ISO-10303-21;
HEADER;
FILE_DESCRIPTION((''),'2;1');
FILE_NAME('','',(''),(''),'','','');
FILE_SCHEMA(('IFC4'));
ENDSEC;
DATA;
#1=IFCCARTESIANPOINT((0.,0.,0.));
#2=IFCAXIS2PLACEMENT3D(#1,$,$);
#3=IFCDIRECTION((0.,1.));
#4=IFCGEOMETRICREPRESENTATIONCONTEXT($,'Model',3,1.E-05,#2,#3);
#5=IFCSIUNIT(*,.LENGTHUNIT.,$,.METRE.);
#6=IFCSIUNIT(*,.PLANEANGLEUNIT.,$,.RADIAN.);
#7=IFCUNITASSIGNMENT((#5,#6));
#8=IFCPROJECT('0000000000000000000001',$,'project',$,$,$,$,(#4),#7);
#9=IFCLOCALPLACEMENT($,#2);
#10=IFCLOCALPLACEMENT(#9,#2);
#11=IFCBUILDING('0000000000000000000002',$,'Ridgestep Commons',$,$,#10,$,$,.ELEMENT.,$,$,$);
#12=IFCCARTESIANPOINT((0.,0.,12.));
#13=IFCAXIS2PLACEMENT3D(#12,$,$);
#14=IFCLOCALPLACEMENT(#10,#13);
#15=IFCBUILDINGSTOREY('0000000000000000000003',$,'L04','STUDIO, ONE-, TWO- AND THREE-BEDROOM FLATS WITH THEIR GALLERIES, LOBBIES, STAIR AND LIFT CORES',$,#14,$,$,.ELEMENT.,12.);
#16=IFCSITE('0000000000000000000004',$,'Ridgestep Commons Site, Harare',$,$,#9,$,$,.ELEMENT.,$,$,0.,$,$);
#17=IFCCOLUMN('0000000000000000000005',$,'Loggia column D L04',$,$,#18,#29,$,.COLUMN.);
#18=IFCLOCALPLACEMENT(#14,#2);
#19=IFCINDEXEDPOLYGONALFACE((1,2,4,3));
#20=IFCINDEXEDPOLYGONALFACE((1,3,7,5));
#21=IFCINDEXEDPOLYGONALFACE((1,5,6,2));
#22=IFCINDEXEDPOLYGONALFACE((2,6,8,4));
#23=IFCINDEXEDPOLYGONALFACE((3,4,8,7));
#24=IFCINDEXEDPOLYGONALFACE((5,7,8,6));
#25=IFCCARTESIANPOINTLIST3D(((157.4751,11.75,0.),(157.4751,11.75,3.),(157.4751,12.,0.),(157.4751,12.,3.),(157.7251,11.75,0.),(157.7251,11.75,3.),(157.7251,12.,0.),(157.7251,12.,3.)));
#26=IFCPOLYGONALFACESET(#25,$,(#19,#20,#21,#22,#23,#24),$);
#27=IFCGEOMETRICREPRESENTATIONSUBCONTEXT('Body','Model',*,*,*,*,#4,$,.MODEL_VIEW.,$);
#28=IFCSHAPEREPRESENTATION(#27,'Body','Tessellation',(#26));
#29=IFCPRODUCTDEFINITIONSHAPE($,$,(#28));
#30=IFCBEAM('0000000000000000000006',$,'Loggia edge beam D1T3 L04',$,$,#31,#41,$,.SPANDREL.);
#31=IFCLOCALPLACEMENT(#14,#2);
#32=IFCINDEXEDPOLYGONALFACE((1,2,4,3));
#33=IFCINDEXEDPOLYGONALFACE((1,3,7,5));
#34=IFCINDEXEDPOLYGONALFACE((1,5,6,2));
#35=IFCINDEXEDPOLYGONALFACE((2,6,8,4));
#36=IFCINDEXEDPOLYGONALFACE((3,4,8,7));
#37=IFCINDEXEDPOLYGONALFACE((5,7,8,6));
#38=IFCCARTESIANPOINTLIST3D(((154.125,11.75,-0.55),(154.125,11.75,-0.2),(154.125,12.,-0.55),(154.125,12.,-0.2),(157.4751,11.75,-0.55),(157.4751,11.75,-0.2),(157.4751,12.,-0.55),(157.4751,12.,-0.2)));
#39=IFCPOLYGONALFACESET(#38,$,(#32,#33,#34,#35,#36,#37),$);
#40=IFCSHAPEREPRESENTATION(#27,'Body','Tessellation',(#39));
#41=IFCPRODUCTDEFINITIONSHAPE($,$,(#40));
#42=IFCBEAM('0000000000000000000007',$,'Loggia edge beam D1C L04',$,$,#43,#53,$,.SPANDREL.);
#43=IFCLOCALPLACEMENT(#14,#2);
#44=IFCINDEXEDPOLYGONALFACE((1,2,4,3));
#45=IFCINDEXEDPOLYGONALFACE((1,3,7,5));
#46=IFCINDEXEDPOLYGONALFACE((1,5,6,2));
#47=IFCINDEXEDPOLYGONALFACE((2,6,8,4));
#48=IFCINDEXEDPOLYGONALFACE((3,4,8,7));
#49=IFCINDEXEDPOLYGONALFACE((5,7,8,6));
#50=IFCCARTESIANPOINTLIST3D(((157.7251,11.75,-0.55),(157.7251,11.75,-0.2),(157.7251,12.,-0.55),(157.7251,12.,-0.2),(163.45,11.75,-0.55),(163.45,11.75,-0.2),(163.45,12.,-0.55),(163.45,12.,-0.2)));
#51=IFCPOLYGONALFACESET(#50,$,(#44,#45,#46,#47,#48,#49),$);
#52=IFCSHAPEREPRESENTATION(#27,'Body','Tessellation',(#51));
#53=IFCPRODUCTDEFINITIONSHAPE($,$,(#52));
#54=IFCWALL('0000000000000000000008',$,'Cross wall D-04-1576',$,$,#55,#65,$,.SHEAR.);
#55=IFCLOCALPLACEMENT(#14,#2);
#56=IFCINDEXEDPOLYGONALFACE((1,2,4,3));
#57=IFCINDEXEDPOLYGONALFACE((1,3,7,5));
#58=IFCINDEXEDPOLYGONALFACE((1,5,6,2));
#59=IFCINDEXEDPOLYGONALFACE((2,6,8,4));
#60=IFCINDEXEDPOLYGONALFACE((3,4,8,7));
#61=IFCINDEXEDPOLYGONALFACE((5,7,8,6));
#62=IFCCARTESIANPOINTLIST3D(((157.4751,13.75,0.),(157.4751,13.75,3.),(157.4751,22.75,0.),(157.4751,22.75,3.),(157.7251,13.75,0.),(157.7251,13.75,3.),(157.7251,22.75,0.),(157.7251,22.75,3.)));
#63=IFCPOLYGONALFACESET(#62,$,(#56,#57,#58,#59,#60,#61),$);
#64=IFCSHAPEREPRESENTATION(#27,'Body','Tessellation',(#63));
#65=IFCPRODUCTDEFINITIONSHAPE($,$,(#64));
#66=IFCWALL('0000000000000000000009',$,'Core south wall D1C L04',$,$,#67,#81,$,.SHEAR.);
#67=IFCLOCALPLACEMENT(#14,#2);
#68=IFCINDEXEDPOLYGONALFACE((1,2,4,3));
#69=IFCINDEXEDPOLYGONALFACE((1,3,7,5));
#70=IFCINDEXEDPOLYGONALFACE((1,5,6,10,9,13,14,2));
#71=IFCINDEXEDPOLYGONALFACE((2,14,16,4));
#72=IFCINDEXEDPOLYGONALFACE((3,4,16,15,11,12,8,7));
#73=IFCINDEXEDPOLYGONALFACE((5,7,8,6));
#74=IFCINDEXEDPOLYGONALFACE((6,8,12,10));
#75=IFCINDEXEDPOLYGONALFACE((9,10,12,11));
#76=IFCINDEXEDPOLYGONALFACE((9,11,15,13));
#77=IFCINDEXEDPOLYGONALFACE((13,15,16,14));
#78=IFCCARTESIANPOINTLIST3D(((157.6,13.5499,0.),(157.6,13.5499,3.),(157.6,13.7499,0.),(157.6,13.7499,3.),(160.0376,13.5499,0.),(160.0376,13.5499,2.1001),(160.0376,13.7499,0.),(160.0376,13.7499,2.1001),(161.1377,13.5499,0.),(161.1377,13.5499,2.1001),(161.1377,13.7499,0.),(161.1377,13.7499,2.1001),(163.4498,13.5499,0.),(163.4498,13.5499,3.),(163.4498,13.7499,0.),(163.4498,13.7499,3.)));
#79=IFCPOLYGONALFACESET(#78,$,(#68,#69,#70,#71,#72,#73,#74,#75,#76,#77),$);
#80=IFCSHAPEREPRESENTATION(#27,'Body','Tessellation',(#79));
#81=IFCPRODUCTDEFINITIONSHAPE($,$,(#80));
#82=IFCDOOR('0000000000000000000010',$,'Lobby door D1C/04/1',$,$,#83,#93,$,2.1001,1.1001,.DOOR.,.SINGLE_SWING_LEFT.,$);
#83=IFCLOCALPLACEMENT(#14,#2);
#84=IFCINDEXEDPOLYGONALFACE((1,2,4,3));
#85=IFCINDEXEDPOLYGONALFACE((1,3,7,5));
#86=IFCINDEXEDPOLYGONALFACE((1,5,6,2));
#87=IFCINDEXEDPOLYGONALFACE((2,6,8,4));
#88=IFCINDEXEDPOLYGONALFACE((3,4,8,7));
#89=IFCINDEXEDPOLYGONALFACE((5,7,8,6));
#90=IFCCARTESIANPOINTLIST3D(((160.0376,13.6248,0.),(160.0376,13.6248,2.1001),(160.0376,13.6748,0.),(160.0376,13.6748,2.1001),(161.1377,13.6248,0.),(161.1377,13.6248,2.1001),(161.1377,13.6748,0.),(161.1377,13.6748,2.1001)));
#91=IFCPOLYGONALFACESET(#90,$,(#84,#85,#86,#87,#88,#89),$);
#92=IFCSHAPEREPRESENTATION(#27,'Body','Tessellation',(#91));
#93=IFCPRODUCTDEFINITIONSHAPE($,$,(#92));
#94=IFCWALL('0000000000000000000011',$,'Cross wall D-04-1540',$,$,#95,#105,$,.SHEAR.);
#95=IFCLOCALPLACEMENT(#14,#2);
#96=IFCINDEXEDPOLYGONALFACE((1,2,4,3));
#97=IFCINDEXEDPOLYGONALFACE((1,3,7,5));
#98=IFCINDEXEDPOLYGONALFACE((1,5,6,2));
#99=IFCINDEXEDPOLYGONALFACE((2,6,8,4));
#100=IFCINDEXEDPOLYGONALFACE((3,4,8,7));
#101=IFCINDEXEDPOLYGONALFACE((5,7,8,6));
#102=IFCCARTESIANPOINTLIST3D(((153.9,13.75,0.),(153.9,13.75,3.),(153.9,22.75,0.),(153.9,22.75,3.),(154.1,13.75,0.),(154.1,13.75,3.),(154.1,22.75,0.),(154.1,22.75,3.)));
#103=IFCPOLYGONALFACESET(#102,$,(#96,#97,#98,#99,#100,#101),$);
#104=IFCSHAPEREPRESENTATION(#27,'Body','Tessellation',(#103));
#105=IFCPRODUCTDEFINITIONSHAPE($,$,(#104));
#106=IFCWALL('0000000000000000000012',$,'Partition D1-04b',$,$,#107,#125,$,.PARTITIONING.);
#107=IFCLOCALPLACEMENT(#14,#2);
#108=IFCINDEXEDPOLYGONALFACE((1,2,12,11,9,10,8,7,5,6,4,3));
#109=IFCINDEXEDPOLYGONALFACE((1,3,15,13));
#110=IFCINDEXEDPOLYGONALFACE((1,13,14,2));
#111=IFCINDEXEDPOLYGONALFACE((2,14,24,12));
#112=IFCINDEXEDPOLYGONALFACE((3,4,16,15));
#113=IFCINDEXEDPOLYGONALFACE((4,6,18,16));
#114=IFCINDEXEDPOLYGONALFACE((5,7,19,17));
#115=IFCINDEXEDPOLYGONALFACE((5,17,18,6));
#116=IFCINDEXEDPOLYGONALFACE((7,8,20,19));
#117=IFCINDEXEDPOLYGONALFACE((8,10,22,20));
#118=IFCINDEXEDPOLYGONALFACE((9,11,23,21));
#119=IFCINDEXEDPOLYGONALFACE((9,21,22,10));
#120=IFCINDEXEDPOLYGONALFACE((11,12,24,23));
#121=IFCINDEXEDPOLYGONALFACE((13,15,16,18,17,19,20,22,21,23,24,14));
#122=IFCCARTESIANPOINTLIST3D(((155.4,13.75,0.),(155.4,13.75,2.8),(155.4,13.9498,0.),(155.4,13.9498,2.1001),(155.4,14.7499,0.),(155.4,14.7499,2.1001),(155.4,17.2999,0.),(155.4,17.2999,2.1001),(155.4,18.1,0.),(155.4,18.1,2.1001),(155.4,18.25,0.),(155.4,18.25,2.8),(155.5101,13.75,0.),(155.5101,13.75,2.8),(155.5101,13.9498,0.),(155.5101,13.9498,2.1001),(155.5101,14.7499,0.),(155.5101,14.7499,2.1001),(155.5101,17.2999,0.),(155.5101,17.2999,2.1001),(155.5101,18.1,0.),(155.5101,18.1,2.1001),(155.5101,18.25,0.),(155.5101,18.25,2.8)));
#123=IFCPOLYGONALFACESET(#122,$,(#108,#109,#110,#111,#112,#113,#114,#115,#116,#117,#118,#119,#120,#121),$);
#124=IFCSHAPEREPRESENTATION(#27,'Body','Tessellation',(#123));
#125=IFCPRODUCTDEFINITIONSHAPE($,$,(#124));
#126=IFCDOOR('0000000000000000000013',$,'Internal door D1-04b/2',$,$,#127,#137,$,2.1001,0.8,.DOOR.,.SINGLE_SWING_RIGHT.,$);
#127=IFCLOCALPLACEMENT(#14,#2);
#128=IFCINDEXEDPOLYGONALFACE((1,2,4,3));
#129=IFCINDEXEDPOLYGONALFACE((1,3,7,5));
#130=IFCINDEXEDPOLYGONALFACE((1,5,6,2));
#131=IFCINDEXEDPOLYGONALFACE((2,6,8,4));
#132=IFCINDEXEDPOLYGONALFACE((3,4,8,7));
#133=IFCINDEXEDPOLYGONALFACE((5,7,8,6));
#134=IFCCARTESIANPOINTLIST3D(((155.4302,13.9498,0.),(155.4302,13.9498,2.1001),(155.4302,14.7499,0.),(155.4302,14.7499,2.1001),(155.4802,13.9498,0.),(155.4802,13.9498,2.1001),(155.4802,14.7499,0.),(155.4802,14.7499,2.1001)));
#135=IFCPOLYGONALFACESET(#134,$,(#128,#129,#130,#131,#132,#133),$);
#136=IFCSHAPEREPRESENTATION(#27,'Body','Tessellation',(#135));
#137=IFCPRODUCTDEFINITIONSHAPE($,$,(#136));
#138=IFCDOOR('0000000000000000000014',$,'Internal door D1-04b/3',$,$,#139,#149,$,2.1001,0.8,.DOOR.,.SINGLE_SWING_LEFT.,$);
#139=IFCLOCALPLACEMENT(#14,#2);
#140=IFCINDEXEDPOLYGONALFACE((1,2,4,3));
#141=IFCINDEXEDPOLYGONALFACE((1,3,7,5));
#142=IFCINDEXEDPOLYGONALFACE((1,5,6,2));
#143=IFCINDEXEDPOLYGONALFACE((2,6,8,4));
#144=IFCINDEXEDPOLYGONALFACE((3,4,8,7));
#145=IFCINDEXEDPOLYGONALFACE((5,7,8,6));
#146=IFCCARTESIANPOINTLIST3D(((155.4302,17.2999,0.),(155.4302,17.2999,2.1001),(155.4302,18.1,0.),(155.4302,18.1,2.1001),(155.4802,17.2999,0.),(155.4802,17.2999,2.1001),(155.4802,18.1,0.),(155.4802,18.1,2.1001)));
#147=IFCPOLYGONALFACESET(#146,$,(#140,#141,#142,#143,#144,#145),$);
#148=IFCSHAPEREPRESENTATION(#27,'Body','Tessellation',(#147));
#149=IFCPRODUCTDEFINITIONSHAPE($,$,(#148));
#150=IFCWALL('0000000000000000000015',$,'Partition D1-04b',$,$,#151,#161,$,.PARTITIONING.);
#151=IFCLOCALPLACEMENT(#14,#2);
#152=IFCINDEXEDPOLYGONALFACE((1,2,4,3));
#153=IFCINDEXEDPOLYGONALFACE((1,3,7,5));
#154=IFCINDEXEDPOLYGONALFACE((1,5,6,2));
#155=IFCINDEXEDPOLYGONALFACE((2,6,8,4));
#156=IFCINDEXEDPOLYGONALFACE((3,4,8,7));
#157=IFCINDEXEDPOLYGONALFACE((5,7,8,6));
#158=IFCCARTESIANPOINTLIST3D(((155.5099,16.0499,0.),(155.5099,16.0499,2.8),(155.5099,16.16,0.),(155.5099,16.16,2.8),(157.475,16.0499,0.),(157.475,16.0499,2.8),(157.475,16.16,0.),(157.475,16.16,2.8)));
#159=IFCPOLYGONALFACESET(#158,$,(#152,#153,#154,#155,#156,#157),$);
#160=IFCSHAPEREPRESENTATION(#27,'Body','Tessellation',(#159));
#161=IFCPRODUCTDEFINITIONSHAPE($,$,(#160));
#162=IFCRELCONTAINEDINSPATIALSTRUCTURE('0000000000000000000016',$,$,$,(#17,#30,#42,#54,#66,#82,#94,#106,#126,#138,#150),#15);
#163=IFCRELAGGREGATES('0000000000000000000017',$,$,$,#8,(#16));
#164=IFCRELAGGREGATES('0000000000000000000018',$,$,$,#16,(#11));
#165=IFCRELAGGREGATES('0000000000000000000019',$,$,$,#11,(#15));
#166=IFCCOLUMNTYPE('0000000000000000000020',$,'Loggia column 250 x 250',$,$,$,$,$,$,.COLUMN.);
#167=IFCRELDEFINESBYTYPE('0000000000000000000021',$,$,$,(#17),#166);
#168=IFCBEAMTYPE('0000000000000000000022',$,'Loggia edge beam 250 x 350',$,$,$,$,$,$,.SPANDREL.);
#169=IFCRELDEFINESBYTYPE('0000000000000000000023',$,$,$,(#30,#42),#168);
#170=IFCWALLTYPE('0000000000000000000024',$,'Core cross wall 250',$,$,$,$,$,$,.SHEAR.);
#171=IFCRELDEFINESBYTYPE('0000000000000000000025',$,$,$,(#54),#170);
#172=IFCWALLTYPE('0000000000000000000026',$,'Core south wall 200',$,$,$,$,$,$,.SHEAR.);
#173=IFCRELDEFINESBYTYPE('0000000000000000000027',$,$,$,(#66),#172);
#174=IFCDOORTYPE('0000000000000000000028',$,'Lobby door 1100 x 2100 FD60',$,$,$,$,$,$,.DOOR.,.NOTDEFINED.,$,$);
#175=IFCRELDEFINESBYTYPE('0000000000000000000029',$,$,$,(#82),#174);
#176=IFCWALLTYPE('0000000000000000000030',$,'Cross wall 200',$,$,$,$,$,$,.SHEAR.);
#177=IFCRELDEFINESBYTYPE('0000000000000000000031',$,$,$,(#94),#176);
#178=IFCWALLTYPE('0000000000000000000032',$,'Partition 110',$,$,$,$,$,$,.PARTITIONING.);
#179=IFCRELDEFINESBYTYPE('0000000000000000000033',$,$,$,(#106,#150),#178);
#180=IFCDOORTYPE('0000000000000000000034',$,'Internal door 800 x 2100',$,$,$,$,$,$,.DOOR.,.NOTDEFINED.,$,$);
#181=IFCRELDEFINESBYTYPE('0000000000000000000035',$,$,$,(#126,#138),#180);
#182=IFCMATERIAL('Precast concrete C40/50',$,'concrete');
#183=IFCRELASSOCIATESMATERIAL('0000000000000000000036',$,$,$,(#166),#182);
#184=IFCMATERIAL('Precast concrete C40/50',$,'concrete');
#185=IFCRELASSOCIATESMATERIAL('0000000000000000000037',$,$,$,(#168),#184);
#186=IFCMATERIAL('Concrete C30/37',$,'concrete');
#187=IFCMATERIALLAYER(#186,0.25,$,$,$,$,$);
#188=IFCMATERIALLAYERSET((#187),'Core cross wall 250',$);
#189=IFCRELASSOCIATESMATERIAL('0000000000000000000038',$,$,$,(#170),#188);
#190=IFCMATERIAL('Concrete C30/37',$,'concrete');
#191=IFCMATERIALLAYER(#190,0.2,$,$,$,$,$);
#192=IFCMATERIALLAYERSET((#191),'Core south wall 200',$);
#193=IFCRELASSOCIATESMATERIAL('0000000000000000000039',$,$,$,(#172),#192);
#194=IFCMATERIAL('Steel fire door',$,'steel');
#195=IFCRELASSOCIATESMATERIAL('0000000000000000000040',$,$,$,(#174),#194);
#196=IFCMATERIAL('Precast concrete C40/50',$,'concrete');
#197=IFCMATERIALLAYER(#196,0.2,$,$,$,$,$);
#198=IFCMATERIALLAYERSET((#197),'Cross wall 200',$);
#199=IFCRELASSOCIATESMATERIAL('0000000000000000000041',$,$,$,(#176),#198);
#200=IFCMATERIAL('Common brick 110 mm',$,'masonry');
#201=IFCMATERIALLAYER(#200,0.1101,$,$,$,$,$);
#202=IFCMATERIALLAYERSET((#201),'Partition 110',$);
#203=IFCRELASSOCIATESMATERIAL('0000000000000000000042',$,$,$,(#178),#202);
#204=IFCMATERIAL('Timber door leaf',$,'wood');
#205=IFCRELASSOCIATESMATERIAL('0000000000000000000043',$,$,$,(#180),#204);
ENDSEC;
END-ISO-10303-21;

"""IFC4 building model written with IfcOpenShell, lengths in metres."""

from ifc_helpers import new_model, si_unit, direction, frame, frame_2d, origin, origin_2d, place, context, subcontext, project, spatial, rectangle, extrude, material, layer, layer_set, material_profile, profile_set, type_object, element, fill, save


model = new_model("IFC4")

# Units and contexts
model_context = context("Model", 3, precision=1e-05, world=origin(), true_north=direction((0.0, 1.0)))
body_context = subcontext(model_context, "Body", "Model", "MODEL_VIEW")
ifc_project = project(units=[si_unit("LENGTHUNIT", "METRE"), si_unit("PLANEANGLEUNIT", "RADIAN")], contexts=[model_context])

# Site, building, storey
site_placement = place(None, origin())
site = spatial("IfcSite", under=ifc_project, at=site_placement, Name="Ridgestep Commons Site, Harare", CompositionType="ELEMENT", RefElevation=0.0)
building_placement = place(site_placement, origin())
building = spatial("IfcBuilding", under=site, at=building_placement, Name="Ridgestep Commons", CompositionType="ELEMENT")
storey_placement = place(building_placement, frame((0.0, 0.0, 12.0)))
storey = spatial("IfcBuildingStorey", under=building, at=storey_placement, Name="L04", Description="STUDIO, ONE-, TWO- AND THREE-BEDROOM FLATS WITH THEIR GALLERIES, LOBBIES, STAIR AND LIFT CORES", CompositionType="ELEMENT", Elevation=12.0)

# Column
ifc_material_1 = material(Name="Precast concrete C40/50", Category="concrete")
ifc_material_profile_1 = material_profile(ifc_material_1, rectangle(XDim=0.25, YDim=0.25, at=origin_2d()), Name="PC 250x250")
ifc_profile_set_1 = profile_set([ifc_material_profile_1], Name="Precast concrete C40/50")
column_type = type_object("IfcColumnType", Name="Loggia column 250 x 250", PredefinedType="COLUMN", material=ifc_profile_set_1)
column_placement = place(storey_placement, frame((157.6001, 11.875, 0.0), z_axis=(0.0, 0.0, 1.0), x_axis=(1.0, 0.0, 0.0)))
element("IfcColumn", 1, at=column_placement, inside=storey, type_object=column_type, Name="Loggia column D L04", PredefinedType="COLUMN", context=body_context, shape_type="SweptSolid", body=[
    extrude(rectangle(XDim=0.25, YDim=0.25, at=origin_2d()), origin(), (0.0, 0.0, 1.0), 3.0),
])

# Beams
ifc_material_2 = material(Name="Precast concrete C40/50", Category="concrete")
ifc_material_profile_2 = material_profile(ifc_material_2, rectangle(XDim=0.25, YDim=0.3501, at=origin_2d()), Name="PC 250x350")
ifc_profile_set_2 = profile_set([ifc_material_profile_2], Name="Precast concrete C40/50")
beam_type = type_object("IfcBeamType", Name="Loggia edge beam 250 x 350", PredefinedType="SPANDREL", material=ifc_profile_set_2)
beam_1_placement = place(storey_placement, frame((154.125, 11.875, -0.375), z_axis=(1.0, 0.0, 0.0), x_axis=(0.0, 1.0, 0.0)))
element("IfcBeam", 2, at=beam_1_placement, inside=storey, type_object=beam_type, Name="Loggia edge beam D1T3 L04", PredefinedType="SPANDREL", context=body_context, shape_type="SweptSolid", body=[
    extrude(rectangle(XDim=0.25, YDim=0.3501, at=origin_2d()), origin(), (0.0, 0.0, 1.0), 3.3501),
])
beam_2_placement = place(storey_placement, frame((157.7251, 11.875, -0.375), z_axis=(1.0, 0.0, 0.0), x_axis=(0.0, 1.0, 0.0)))
element("IfcBeam", 3, at=beam_2_placement, inside=storey, type_object=beam_type, Name="Loggia edge beam D1C L04", PredefinedType="SPANDREL", context=body_context, shape_type="SweptSolid", body=[
    extrude(rectangle(XDim=0.25, YDim=0.3501, at=origin_2d()), origin(), (0.0, 0.0, 1.0), 5.7249),
])

# Wall
ifc_material_3 = material(Name="Concrete C30/37", Category="concrete")
ifc_layer_1 = layer(ifc_material_3, 0.25)
ifc_layer_set_1 = layer_set([ifc_layer_1], Name="Core cross wall 250")
wall_type_1 = type_object("IfcWallType", Name="Core cross wall 250", PredefinedType="SHEAR", material=ifc_layer_set_1)
wall_1_placement = place(storey_placement, frame((157.6001, 13.75, 0.0), z_axis=(0.0, 0.0, 1.0), x_axis=(0.0, 1.0, 0.0)))
element("IfcWall", 4, at=wall_1_placement, inside=storey, type_object=wall_type_1, Name="Cross wall D-04-1576", PredefinedType="SHEAR", context=body_context, shape_type="SweptSolid", body=[
    extrude(rectangle(XDim=9.0, YDim=0.25, at=frame_2d((4.5, 0.0))), origin(), (0.0, 0.0, 1.0), 3.0),
])

# Wall, opening, door
ifc_material_4 = material(Name="Concrete C30/37", Category="concrete")
ifc_layer_2 = layer(ifc_material_4, 0.2)
ifc_layer_set_2 = layer_set([ifc_layer_2], Name="Core south wall 200")
wall_type_2 = type_object("IfcWallType", Name="Core south wall 200", PredefinedType="SHEAR", material=ifc_layer_set_2)
wall_2_placement = place(storey_placement, frame((157.6001, 13.6499, 0.0), z_axis=(0.0, 0.0, 1.0), x_axis=(1.0, 0.0, 0.0)))
wall_2 = element("IfcWall", 5, at=wall_2_placement, inside=storey, type_object=wall_type_2, Name="Core south wall D1C L04", PredefinedType="SHEAR", context=body_context, shape_type="SweptSolid", body=[
    extrude(rectangle(XDim=5.8499, YDim=0.2, at=frame_2d((2.9248, 0.0))), origin(), (0.0, 0.0, 1.0), 3.0),
])
opening_1_placement = place(wall_2_placement, frame((2.4375, 0.0, 0.0)))
opening_1 = element("IfcOpeningElement", 6, at=opening_1_placement, cuts=wall_2, PredefinedType="OPENING", context=body_context, shape_type="SweptSolid", body=[
    extrude(rectangle(XDim=1.1001, YDim=2.1001, at=frame_2d((0.55, 1.05))), frame((0.0, 0.1099, 0.0), z_axis=(0.0, -1.0, 0.0), x_axis=(1.0, 0.0, 0.0)), (0.0, 0.0, 1.0), 0.22),
])
ifc_material_5 = material(Name="Steel fire door", Category="steel")
door_type_1 = type_object("IfcDoorType", Name="Lobby door 1100 x 2100 FD60", OperationType="NOTDEFINED", PredefinedType="DOOR", material=ifc_material_5)
door_1_placement = place(opening_1_placement, origin())
door_1 = element("IfcDoor", 7, at=door_1_placement, inside=storey, type_object=door_type_1, Name="Lobby door D1C/04/1", OperationType="SINGLE_SWING_LEFT", OverallHeight=2.1001, OverallWidth=1.1001, PredefinedType="DOOR", context=body_context, shape_type="SweptSolid", body=[
    extrude(rectangle(XDim=1.1001, YDim=2.1001, at=frame_2d((0.55, 1.05))), frame((0.0, 0.0249, 0.0), z_axis=(0.0, -1.0, 0.0), x_axis=(1.0, 0.0, 0.0)), (0.0, 0.0, 1.0), 0.05),
])
fill(opening_1, door_1)

# Wall
ifc_material_6 = material(Name="Precast concrete C40/50", Category="concrete")
ifc_layer_3 = layer(ifc_material_6, 0.2)
ifc_layer_set_3 = layer_set([ifc_layer_3], Name="Cross wall 200")
wall_type_3 = type_object("IfcWallType", Name="Cross wall 200", PredefinedType="SHEAR", material=ifc_layer_set_3)
wall_3_placement = place(storey_placement, frame((154.0, 13.75, 0.0), z_axis=(0.0, 0.0, 1.0), x_axis=(0.0, 1.0, 0.0)))
element("IfcWall", 8, at=wall_3_placement, inside=storey, type_object=wall_type_3, Name="Cross wall D-04-1540", PredefinedType="SHEAR", context=body_context, shape_type="SweptSolid", body=[
    extrude(rectangle(XDim=9.0, YDim=0.2, at=frame_2d((4.5, 0.0))), origin(), (0.0, 0.0, 1.0), 3.0),
])

# Wall, openings, doors
ifc_material_7 = material(Name="Common brick 110 mm", Category="masonry")
ifc_layer_4 = layer(ifc_material_7, 0.1101)
ifc_layer_set_4 = layer_set([ifc_layer_4], Name="Partition 110")
wall_type_4 = type_object("IfcWallType", Name="Partition 110", PredefinedType="PARTITIONING", material=ifc_layer_set_4)
wall_4_placement = place(storey_placement, frame((155.4551, 13.75, 0.0), z_axis=(0.0, 0.0, 1.0), x_axis=(0.0, 1.0, 0.0)))
wall_4 = element("IfcWall", 9, at=wall_4_placement, inside=storey, type_object=wall_type_4, Name="Partition D1-04b", PredefinedType="PARTITIONING", context=body_context, shape_type="SweptSolid", body=[
    extrude(rectangle(XDim=4.5, YDim=0.1101, at=frame_2d((2.25, 0.0))), origin(), (0.0, 0.0, 1.0), 2.8),
])
opening_2_placement = place(wall_4_placement, frame((0.2, 0.0, 0.0)))
opening_2 = element("IfcOpeningElement", 10, at=opening_2_placement, cuts=wall_4, PredefinedType="OPENING", context=body_context, shape_type="SweptSolid", body=[
    extrude(rectangle(XDim=0.8, YDim=2.1001, at=frame_2d((0.3999, 1.05))), frame((0.0, 0.0649, 0.0), z_axis=(0.0, -1.0, 0.0), x_axis=(1.0, 0.0, 0.0)), (0.0, 0.0, 1.0), 0.1301),
])
opening_3_placement = place(wall_4_placement, frame((3.55, 0.0, 0.0)))
opening_3 = element("IfcOpeningElement", 11, at=opening_3_placement, cuts=wall_4, PredefinedType="OPENING", context=body_context, shape_type="SweptSolid", body=[
    extrude(rectangle(XDim=0.8, YDim=2.1001, at=frame_2d((0.3999, 1.05))), frame((0.0, 0.0649, 0.0), z_axis=(0.0, -1.0, 0.0), x_axis=(1.0, 0.0, 0.0)), (0.0, 0.0, 1.0), 0.1301),
])
ifc_material_8 = material(Name="Timber door leaf", Category="wood")
door_type_2 = type_object("IfcDoorType", Name="Internal door 800 x 2100", OperationType="NOTDEFINED", PredefinedType="DOOR", material=ifc_material_8)
door_2_placement = place(opening_2_placement, origin())
door_2 = element("IfcDoor", 12, at=door_2_placement, inside=storey, type_object=door_type_2, Name="Internal door D1-04b/2", OperationType="SINGLE_SWING_RIGHT", OverallHeight=2.1001, OverallWidth=0.8, PredefinedType="DOOR", context=body_context, shape_type="SweptSolid", body=[
    extrude(rectangle(XDim=0.8, YDim=2.1001, at=frame_2d((0.3999, 1.05))), frame((0.0, 0.0249, 0.0), z_axis=(0.0, -1.0, 0.0), x_axis=(1.0, 0.0, 0.0)), (0.0, 0.0, 1.0), 0.05),
])
fill(opening_2, door_2)
door_3_placement = place(opening_3_placement, origin())
door_3 = element("IfcDoor", 13, at=door_3_placement, inside=storey, type_object=door_type_2, Name="Internal door D1-04b/3", OperationType="SINGLE_SWING_LEFT", OverallHeight=2.1001, OverallWidth=0.8, PredefinedType="DOOR", context=body_context, shape_type="SweptSolid", body=[
    extrude(rectangle(XDim=0.8, YDim=2.1001, at=frame_2d((0.3999, 1.05))), frame((0.0, 0.0249, 0.0), z_axis=(0.0, -1.0, 0.0), x_axis=(1.0, 0.0, 0.0)), (0.0, 0.0, 1.0), 0.05),
])
fill(opening_3, door_3)

# Wall
wall_5_placement = place(storey_placement, frame((155.51, 16.105, 0.0), z_axis=(0.0, 0.0, 1.0), x_axis=(1.0, 0.0, 0.0)))
element("IfcWall", 14, at=wall_5_placement, inside=storey, type_object=wall_type_4, Name="Partition D1-04b", PredefinedType="PARTITIONING", context=body_context, shape_type="SweptSolid", body=[
    extrude(rectangle(XDim=1.9651, YDim=0.1101, at=frame_2d((0.9824, 0.0))), origin(), (0.0, 0.0, 1.0), 2.8),
])

save(model, "model.ifc")
